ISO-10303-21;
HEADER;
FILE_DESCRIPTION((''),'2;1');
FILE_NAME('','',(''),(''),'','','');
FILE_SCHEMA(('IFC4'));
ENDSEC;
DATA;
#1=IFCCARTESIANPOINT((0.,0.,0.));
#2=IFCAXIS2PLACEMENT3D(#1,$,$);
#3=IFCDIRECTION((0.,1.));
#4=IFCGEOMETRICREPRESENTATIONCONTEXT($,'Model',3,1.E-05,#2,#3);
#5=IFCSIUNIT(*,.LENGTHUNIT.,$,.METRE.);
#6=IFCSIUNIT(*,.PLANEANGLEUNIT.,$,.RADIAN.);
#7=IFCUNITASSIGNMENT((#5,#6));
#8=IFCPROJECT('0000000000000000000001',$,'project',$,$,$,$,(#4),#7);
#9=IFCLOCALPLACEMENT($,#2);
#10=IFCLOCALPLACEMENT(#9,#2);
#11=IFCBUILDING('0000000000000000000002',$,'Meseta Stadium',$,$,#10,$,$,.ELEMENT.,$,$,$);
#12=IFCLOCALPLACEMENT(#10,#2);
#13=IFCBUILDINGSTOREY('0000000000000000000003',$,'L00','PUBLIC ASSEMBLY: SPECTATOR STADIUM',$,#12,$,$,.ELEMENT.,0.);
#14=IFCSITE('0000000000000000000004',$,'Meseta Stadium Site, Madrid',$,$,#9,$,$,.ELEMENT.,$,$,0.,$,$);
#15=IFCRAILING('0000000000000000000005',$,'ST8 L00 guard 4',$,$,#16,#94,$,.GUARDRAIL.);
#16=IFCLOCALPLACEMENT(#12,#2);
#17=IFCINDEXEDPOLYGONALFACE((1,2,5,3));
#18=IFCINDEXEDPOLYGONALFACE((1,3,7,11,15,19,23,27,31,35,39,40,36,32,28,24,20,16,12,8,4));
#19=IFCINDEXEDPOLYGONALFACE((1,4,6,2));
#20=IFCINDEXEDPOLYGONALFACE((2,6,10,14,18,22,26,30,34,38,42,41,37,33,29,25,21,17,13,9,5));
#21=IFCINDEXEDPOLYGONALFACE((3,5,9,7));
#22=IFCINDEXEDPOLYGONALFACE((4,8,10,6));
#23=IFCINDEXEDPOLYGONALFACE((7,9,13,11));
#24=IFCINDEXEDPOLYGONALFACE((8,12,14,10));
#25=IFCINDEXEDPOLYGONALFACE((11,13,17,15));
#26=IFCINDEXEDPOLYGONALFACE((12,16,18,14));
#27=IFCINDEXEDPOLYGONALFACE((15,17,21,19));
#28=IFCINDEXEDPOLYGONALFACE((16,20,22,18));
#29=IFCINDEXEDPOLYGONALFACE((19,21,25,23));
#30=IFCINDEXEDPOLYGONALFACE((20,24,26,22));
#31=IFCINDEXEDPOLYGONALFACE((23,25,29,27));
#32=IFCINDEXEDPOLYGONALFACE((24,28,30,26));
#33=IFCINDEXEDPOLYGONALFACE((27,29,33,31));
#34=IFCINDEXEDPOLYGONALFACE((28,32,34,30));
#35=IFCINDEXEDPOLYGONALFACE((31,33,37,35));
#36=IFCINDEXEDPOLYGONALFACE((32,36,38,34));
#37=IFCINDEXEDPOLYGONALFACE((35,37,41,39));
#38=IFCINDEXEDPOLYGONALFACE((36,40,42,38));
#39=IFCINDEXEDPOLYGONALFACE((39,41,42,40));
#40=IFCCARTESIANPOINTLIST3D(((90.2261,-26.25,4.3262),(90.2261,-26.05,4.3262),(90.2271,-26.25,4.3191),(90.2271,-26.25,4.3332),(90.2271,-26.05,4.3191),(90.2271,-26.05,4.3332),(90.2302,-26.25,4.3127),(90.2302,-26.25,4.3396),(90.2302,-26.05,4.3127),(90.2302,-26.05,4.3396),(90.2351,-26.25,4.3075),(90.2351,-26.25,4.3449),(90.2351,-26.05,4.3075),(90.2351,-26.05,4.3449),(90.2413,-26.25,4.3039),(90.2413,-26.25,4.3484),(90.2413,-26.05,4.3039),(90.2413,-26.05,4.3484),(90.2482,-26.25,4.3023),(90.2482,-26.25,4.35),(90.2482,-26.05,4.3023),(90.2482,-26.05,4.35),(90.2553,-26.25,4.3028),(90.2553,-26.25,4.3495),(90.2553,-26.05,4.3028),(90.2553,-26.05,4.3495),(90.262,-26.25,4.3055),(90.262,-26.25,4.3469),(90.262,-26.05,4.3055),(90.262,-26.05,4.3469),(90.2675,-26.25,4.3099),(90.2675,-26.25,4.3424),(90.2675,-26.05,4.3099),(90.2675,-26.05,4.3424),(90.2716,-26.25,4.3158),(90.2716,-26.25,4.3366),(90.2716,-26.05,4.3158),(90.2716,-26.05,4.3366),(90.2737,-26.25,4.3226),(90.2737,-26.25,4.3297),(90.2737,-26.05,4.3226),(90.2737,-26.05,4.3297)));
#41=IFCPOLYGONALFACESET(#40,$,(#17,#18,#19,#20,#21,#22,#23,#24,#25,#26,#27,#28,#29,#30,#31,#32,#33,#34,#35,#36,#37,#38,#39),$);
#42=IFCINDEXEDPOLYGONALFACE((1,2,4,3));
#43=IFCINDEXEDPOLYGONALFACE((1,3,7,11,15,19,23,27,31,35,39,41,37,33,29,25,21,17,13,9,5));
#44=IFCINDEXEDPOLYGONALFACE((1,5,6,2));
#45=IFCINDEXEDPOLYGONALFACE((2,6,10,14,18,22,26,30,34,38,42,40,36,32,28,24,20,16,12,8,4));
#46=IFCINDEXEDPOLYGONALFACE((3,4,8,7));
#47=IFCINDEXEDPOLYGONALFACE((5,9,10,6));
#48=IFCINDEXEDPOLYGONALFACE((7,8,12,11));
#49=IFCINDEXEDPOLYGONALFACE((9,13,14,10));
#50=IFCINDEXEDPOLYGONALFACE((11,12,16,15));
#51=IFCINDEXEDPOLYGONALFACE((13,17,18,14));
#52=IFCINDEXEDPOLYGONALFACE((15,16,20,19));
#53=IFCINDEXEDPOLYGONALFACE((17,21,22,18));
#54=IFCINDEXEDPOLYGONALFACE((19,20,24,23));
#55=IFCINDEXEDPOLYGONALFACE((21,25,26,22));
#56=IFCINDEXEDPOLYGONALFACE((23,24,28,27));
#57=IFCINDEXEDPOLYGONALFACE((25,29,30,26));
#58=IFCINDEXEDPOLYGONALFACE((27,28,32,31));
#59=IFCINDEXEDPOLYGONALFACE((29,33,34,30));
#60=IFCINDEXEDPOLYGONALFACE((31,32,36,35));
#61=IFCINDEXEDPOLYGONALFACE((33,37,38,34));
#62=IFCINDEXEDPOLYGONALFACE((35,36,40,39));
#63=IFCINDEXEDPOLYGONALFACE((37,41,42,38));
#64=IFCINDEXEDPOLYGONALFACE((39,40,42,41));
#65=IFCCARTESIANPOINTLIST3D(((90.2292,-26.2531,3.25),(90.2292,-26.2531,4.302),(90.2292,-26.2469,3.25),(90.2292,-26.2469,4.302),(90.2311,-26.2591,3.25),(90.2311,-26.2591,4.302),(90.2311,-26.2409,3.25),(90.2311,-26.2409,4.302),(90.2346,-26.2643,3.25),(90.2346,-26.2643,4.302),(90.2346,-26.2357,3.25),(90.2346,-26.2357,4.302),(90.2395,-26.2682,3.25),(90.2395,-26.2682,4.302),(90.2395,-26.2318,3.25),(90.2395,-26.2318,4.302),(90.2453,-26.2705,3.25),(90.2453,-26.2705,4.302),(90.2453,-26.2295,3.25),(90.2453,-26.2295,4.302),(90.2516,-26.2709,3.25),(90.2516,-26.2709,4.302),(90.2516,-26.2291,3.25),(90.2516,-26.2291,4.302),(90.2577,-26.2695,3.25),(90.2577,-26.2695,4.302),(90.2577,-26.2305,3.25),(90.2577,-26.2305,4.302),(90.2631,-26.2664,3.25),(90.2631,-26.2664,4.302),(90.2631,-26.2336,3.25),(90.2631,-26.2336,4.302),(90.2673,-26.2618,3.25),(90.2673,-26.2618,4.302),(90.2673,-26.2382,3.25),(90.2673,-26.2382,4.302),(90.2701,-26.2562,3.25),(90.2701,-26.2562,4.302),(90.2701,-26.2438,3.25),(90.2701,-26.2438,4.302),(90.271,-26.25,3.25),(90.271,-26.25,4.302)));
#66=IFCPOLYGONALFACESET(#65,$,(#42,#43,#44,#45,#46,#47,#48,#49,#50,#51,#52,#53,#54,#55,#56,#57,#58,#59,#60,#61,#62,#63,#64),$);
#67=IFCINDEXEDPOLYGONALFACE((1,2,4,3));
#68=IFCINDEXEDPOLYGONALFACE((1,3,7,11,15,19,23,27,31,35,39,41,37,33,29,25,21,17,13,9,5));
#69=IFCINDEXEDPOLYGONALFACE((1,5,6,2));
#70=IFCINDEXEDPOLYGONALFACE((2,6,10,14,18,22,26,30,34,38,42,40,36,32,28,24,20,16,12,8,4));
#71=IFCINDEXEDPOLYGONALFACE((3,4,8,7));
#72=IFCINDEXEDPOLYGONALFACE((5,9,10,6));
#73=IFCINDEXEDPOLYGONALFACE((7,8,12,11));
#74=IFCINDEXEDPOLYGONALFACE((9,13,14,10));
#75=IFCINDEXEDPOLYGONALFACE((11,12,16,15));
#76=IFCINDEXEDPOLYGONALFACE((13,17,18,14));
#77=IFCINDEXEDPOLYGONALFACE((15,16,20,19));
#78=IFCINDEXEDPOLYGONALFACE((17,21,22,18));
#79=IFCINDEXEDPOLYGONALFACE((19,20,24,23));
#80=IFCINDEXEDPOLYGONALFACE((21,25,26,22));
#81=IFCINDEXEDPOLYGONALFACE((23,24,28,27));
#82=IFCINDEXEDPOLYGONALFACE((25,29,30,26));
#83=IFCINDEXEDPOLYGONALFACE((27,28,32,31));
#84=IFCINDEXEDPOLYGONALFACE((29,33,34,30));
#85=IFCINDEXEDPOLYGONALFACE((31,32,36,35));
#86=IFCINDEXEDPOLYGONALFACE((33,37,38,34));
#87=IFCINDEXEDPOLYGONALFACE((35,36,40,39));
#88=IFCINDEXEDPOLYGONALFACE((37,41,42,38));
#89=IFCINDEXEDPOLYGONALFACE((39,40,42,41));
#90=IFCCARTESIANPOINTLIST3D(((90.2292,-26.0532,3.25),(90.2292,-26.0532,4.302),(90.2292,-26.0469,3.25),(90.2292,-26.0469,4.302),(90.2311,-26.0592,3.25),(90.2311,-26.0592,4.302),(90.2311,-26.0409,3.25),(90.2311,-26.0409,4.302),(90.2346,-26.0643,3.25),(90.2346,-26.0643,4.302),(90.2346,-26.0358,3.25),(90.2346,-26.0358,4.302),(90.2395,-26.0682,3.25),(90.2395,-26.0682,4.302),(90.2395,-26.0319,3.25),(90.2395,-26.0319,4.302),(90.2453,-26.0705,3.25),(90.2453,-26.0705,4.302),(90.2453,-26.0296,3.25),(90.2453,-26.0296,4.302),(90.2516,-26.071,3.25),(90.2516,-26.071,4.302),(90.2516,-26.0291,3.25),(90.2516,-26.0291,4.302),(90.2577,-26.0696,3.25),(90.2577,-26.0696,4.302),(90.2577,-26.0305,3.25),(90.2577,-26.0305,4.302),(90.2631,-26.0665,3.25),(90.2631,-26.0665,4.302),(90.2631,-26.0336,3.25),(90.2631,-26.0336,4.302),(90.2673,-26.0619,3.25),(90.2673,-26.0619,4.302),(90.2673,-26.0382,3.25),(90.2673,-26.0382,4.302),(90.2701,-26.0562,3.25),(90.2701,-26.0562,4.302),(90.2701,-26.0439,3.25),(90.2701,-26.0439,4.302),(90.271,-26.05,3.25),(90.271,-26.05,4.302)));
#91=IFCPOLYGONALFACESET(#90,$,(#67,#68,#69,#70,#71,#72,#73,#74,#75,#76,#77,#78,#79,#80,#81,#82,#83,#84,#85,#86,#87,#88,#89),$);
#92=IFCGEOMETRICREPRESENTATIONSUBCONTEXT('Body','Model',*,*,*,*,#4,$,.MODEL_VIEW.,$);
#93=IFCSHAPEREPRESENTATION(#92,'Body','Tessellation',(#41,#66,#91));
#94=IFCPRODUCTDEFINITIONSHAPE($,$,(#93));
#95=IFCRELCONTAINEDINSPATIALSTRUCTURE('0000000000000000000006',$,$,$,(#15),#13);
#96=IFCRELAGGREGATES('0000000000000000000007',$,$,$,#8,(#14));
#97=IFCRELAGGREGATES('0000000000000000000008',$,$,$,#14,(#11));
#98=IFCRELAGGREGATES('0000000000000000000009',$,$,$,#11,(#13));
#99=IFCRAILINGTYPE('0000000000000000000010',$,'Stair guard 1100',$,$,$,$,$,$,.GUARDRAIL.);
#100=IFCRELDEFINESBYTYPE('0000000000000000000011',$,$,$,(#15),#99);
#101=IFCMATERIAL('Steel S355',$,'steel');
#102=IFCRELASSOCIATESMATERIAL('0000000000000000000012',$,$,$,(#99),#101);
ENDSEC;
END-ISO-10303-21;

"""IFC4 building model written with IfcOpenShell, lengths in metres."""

from ifc_helpers import new_model, si_unit, direction, frame, origin, origin_2d, place, context, subcontext, project, spatial, circle, extrude, material, type_object, element, save


model = new_model("IFC4")

# Units and contexts
model_context = context("Model", 3, precision=1e-05, world=origin(), true_north=direction((0.0, 1.0)))
body_context = subcontext(model_context, "Body", "Model", "MODEL_VIEW")
ifc_project = project(units=[si_unit("LENGTHUNIT", "METRE"), si_unit("PLANEANGLEUNIT", "RADIAN")], contexts=[model_context])

# Site, building, storey
site_placement = place(None, origin())
site = spatial("IfcSite", under=ifc_project, at=site_placement, Name="Meseta Stadium Site, Madrid", CompositionType="ELEMENT", RefElevation=0.0)
building_placement = place(site_placement, origin())
building = spatial("IfcBuilding", under=site, at=building_placement, Name="Meseta Stadium", CompositionType="ELEMENT")
storey_placement = place(building_placement, origin())
storey = spatial("IfcBuildingStorey", under=building, at=storey_placement, Name="L00", Description="PUBLIC ASSEMBLY: SPECTATOR STADIUM", CompositionType="ELEMENT", Elevation=0.0)

# Railing
ifc_material_1 = material(Name="Steel S355", Category="steel")
railing_type = type_object("IfcRailingType", Name="Stair guard 1100", PredefinedType="GUARDRAIL", material=ifc_material_1)
for number, where, name in (
    (1, (90.25, -26.25, 3.25), "ST8 L00 guard 4"),
):
    element("IfcRailing", number, at=place(storey_placement, frame(where)), inside=storey, type_object=railing_type, Name=name, PredefinedType="GUARDRAIL", context=body_context, shape_type="SweptSolid", body=[
        extrude(circle(Radius=0.0239, at=origin_2d()), frame((0.0, 0.0, 1.0762), z_axis=(0.0, 1.0, 0.0), x_axis=(-1.0, 0.0, 0.0)), (0.0, 0.0, 1.0), 0.2),
        extrude(circle(Radius=0.021, at=origin_2d()), origin(), (0.0, 0.0, 1.0), 1.052),
        extrude(circle(Radius=0.021, at=origin_2d()), frame((0.0, 0.2, 0.0)), (0.0, 0.0, 1.0), 1.052),
    ])

save(model, "model.ifc")
